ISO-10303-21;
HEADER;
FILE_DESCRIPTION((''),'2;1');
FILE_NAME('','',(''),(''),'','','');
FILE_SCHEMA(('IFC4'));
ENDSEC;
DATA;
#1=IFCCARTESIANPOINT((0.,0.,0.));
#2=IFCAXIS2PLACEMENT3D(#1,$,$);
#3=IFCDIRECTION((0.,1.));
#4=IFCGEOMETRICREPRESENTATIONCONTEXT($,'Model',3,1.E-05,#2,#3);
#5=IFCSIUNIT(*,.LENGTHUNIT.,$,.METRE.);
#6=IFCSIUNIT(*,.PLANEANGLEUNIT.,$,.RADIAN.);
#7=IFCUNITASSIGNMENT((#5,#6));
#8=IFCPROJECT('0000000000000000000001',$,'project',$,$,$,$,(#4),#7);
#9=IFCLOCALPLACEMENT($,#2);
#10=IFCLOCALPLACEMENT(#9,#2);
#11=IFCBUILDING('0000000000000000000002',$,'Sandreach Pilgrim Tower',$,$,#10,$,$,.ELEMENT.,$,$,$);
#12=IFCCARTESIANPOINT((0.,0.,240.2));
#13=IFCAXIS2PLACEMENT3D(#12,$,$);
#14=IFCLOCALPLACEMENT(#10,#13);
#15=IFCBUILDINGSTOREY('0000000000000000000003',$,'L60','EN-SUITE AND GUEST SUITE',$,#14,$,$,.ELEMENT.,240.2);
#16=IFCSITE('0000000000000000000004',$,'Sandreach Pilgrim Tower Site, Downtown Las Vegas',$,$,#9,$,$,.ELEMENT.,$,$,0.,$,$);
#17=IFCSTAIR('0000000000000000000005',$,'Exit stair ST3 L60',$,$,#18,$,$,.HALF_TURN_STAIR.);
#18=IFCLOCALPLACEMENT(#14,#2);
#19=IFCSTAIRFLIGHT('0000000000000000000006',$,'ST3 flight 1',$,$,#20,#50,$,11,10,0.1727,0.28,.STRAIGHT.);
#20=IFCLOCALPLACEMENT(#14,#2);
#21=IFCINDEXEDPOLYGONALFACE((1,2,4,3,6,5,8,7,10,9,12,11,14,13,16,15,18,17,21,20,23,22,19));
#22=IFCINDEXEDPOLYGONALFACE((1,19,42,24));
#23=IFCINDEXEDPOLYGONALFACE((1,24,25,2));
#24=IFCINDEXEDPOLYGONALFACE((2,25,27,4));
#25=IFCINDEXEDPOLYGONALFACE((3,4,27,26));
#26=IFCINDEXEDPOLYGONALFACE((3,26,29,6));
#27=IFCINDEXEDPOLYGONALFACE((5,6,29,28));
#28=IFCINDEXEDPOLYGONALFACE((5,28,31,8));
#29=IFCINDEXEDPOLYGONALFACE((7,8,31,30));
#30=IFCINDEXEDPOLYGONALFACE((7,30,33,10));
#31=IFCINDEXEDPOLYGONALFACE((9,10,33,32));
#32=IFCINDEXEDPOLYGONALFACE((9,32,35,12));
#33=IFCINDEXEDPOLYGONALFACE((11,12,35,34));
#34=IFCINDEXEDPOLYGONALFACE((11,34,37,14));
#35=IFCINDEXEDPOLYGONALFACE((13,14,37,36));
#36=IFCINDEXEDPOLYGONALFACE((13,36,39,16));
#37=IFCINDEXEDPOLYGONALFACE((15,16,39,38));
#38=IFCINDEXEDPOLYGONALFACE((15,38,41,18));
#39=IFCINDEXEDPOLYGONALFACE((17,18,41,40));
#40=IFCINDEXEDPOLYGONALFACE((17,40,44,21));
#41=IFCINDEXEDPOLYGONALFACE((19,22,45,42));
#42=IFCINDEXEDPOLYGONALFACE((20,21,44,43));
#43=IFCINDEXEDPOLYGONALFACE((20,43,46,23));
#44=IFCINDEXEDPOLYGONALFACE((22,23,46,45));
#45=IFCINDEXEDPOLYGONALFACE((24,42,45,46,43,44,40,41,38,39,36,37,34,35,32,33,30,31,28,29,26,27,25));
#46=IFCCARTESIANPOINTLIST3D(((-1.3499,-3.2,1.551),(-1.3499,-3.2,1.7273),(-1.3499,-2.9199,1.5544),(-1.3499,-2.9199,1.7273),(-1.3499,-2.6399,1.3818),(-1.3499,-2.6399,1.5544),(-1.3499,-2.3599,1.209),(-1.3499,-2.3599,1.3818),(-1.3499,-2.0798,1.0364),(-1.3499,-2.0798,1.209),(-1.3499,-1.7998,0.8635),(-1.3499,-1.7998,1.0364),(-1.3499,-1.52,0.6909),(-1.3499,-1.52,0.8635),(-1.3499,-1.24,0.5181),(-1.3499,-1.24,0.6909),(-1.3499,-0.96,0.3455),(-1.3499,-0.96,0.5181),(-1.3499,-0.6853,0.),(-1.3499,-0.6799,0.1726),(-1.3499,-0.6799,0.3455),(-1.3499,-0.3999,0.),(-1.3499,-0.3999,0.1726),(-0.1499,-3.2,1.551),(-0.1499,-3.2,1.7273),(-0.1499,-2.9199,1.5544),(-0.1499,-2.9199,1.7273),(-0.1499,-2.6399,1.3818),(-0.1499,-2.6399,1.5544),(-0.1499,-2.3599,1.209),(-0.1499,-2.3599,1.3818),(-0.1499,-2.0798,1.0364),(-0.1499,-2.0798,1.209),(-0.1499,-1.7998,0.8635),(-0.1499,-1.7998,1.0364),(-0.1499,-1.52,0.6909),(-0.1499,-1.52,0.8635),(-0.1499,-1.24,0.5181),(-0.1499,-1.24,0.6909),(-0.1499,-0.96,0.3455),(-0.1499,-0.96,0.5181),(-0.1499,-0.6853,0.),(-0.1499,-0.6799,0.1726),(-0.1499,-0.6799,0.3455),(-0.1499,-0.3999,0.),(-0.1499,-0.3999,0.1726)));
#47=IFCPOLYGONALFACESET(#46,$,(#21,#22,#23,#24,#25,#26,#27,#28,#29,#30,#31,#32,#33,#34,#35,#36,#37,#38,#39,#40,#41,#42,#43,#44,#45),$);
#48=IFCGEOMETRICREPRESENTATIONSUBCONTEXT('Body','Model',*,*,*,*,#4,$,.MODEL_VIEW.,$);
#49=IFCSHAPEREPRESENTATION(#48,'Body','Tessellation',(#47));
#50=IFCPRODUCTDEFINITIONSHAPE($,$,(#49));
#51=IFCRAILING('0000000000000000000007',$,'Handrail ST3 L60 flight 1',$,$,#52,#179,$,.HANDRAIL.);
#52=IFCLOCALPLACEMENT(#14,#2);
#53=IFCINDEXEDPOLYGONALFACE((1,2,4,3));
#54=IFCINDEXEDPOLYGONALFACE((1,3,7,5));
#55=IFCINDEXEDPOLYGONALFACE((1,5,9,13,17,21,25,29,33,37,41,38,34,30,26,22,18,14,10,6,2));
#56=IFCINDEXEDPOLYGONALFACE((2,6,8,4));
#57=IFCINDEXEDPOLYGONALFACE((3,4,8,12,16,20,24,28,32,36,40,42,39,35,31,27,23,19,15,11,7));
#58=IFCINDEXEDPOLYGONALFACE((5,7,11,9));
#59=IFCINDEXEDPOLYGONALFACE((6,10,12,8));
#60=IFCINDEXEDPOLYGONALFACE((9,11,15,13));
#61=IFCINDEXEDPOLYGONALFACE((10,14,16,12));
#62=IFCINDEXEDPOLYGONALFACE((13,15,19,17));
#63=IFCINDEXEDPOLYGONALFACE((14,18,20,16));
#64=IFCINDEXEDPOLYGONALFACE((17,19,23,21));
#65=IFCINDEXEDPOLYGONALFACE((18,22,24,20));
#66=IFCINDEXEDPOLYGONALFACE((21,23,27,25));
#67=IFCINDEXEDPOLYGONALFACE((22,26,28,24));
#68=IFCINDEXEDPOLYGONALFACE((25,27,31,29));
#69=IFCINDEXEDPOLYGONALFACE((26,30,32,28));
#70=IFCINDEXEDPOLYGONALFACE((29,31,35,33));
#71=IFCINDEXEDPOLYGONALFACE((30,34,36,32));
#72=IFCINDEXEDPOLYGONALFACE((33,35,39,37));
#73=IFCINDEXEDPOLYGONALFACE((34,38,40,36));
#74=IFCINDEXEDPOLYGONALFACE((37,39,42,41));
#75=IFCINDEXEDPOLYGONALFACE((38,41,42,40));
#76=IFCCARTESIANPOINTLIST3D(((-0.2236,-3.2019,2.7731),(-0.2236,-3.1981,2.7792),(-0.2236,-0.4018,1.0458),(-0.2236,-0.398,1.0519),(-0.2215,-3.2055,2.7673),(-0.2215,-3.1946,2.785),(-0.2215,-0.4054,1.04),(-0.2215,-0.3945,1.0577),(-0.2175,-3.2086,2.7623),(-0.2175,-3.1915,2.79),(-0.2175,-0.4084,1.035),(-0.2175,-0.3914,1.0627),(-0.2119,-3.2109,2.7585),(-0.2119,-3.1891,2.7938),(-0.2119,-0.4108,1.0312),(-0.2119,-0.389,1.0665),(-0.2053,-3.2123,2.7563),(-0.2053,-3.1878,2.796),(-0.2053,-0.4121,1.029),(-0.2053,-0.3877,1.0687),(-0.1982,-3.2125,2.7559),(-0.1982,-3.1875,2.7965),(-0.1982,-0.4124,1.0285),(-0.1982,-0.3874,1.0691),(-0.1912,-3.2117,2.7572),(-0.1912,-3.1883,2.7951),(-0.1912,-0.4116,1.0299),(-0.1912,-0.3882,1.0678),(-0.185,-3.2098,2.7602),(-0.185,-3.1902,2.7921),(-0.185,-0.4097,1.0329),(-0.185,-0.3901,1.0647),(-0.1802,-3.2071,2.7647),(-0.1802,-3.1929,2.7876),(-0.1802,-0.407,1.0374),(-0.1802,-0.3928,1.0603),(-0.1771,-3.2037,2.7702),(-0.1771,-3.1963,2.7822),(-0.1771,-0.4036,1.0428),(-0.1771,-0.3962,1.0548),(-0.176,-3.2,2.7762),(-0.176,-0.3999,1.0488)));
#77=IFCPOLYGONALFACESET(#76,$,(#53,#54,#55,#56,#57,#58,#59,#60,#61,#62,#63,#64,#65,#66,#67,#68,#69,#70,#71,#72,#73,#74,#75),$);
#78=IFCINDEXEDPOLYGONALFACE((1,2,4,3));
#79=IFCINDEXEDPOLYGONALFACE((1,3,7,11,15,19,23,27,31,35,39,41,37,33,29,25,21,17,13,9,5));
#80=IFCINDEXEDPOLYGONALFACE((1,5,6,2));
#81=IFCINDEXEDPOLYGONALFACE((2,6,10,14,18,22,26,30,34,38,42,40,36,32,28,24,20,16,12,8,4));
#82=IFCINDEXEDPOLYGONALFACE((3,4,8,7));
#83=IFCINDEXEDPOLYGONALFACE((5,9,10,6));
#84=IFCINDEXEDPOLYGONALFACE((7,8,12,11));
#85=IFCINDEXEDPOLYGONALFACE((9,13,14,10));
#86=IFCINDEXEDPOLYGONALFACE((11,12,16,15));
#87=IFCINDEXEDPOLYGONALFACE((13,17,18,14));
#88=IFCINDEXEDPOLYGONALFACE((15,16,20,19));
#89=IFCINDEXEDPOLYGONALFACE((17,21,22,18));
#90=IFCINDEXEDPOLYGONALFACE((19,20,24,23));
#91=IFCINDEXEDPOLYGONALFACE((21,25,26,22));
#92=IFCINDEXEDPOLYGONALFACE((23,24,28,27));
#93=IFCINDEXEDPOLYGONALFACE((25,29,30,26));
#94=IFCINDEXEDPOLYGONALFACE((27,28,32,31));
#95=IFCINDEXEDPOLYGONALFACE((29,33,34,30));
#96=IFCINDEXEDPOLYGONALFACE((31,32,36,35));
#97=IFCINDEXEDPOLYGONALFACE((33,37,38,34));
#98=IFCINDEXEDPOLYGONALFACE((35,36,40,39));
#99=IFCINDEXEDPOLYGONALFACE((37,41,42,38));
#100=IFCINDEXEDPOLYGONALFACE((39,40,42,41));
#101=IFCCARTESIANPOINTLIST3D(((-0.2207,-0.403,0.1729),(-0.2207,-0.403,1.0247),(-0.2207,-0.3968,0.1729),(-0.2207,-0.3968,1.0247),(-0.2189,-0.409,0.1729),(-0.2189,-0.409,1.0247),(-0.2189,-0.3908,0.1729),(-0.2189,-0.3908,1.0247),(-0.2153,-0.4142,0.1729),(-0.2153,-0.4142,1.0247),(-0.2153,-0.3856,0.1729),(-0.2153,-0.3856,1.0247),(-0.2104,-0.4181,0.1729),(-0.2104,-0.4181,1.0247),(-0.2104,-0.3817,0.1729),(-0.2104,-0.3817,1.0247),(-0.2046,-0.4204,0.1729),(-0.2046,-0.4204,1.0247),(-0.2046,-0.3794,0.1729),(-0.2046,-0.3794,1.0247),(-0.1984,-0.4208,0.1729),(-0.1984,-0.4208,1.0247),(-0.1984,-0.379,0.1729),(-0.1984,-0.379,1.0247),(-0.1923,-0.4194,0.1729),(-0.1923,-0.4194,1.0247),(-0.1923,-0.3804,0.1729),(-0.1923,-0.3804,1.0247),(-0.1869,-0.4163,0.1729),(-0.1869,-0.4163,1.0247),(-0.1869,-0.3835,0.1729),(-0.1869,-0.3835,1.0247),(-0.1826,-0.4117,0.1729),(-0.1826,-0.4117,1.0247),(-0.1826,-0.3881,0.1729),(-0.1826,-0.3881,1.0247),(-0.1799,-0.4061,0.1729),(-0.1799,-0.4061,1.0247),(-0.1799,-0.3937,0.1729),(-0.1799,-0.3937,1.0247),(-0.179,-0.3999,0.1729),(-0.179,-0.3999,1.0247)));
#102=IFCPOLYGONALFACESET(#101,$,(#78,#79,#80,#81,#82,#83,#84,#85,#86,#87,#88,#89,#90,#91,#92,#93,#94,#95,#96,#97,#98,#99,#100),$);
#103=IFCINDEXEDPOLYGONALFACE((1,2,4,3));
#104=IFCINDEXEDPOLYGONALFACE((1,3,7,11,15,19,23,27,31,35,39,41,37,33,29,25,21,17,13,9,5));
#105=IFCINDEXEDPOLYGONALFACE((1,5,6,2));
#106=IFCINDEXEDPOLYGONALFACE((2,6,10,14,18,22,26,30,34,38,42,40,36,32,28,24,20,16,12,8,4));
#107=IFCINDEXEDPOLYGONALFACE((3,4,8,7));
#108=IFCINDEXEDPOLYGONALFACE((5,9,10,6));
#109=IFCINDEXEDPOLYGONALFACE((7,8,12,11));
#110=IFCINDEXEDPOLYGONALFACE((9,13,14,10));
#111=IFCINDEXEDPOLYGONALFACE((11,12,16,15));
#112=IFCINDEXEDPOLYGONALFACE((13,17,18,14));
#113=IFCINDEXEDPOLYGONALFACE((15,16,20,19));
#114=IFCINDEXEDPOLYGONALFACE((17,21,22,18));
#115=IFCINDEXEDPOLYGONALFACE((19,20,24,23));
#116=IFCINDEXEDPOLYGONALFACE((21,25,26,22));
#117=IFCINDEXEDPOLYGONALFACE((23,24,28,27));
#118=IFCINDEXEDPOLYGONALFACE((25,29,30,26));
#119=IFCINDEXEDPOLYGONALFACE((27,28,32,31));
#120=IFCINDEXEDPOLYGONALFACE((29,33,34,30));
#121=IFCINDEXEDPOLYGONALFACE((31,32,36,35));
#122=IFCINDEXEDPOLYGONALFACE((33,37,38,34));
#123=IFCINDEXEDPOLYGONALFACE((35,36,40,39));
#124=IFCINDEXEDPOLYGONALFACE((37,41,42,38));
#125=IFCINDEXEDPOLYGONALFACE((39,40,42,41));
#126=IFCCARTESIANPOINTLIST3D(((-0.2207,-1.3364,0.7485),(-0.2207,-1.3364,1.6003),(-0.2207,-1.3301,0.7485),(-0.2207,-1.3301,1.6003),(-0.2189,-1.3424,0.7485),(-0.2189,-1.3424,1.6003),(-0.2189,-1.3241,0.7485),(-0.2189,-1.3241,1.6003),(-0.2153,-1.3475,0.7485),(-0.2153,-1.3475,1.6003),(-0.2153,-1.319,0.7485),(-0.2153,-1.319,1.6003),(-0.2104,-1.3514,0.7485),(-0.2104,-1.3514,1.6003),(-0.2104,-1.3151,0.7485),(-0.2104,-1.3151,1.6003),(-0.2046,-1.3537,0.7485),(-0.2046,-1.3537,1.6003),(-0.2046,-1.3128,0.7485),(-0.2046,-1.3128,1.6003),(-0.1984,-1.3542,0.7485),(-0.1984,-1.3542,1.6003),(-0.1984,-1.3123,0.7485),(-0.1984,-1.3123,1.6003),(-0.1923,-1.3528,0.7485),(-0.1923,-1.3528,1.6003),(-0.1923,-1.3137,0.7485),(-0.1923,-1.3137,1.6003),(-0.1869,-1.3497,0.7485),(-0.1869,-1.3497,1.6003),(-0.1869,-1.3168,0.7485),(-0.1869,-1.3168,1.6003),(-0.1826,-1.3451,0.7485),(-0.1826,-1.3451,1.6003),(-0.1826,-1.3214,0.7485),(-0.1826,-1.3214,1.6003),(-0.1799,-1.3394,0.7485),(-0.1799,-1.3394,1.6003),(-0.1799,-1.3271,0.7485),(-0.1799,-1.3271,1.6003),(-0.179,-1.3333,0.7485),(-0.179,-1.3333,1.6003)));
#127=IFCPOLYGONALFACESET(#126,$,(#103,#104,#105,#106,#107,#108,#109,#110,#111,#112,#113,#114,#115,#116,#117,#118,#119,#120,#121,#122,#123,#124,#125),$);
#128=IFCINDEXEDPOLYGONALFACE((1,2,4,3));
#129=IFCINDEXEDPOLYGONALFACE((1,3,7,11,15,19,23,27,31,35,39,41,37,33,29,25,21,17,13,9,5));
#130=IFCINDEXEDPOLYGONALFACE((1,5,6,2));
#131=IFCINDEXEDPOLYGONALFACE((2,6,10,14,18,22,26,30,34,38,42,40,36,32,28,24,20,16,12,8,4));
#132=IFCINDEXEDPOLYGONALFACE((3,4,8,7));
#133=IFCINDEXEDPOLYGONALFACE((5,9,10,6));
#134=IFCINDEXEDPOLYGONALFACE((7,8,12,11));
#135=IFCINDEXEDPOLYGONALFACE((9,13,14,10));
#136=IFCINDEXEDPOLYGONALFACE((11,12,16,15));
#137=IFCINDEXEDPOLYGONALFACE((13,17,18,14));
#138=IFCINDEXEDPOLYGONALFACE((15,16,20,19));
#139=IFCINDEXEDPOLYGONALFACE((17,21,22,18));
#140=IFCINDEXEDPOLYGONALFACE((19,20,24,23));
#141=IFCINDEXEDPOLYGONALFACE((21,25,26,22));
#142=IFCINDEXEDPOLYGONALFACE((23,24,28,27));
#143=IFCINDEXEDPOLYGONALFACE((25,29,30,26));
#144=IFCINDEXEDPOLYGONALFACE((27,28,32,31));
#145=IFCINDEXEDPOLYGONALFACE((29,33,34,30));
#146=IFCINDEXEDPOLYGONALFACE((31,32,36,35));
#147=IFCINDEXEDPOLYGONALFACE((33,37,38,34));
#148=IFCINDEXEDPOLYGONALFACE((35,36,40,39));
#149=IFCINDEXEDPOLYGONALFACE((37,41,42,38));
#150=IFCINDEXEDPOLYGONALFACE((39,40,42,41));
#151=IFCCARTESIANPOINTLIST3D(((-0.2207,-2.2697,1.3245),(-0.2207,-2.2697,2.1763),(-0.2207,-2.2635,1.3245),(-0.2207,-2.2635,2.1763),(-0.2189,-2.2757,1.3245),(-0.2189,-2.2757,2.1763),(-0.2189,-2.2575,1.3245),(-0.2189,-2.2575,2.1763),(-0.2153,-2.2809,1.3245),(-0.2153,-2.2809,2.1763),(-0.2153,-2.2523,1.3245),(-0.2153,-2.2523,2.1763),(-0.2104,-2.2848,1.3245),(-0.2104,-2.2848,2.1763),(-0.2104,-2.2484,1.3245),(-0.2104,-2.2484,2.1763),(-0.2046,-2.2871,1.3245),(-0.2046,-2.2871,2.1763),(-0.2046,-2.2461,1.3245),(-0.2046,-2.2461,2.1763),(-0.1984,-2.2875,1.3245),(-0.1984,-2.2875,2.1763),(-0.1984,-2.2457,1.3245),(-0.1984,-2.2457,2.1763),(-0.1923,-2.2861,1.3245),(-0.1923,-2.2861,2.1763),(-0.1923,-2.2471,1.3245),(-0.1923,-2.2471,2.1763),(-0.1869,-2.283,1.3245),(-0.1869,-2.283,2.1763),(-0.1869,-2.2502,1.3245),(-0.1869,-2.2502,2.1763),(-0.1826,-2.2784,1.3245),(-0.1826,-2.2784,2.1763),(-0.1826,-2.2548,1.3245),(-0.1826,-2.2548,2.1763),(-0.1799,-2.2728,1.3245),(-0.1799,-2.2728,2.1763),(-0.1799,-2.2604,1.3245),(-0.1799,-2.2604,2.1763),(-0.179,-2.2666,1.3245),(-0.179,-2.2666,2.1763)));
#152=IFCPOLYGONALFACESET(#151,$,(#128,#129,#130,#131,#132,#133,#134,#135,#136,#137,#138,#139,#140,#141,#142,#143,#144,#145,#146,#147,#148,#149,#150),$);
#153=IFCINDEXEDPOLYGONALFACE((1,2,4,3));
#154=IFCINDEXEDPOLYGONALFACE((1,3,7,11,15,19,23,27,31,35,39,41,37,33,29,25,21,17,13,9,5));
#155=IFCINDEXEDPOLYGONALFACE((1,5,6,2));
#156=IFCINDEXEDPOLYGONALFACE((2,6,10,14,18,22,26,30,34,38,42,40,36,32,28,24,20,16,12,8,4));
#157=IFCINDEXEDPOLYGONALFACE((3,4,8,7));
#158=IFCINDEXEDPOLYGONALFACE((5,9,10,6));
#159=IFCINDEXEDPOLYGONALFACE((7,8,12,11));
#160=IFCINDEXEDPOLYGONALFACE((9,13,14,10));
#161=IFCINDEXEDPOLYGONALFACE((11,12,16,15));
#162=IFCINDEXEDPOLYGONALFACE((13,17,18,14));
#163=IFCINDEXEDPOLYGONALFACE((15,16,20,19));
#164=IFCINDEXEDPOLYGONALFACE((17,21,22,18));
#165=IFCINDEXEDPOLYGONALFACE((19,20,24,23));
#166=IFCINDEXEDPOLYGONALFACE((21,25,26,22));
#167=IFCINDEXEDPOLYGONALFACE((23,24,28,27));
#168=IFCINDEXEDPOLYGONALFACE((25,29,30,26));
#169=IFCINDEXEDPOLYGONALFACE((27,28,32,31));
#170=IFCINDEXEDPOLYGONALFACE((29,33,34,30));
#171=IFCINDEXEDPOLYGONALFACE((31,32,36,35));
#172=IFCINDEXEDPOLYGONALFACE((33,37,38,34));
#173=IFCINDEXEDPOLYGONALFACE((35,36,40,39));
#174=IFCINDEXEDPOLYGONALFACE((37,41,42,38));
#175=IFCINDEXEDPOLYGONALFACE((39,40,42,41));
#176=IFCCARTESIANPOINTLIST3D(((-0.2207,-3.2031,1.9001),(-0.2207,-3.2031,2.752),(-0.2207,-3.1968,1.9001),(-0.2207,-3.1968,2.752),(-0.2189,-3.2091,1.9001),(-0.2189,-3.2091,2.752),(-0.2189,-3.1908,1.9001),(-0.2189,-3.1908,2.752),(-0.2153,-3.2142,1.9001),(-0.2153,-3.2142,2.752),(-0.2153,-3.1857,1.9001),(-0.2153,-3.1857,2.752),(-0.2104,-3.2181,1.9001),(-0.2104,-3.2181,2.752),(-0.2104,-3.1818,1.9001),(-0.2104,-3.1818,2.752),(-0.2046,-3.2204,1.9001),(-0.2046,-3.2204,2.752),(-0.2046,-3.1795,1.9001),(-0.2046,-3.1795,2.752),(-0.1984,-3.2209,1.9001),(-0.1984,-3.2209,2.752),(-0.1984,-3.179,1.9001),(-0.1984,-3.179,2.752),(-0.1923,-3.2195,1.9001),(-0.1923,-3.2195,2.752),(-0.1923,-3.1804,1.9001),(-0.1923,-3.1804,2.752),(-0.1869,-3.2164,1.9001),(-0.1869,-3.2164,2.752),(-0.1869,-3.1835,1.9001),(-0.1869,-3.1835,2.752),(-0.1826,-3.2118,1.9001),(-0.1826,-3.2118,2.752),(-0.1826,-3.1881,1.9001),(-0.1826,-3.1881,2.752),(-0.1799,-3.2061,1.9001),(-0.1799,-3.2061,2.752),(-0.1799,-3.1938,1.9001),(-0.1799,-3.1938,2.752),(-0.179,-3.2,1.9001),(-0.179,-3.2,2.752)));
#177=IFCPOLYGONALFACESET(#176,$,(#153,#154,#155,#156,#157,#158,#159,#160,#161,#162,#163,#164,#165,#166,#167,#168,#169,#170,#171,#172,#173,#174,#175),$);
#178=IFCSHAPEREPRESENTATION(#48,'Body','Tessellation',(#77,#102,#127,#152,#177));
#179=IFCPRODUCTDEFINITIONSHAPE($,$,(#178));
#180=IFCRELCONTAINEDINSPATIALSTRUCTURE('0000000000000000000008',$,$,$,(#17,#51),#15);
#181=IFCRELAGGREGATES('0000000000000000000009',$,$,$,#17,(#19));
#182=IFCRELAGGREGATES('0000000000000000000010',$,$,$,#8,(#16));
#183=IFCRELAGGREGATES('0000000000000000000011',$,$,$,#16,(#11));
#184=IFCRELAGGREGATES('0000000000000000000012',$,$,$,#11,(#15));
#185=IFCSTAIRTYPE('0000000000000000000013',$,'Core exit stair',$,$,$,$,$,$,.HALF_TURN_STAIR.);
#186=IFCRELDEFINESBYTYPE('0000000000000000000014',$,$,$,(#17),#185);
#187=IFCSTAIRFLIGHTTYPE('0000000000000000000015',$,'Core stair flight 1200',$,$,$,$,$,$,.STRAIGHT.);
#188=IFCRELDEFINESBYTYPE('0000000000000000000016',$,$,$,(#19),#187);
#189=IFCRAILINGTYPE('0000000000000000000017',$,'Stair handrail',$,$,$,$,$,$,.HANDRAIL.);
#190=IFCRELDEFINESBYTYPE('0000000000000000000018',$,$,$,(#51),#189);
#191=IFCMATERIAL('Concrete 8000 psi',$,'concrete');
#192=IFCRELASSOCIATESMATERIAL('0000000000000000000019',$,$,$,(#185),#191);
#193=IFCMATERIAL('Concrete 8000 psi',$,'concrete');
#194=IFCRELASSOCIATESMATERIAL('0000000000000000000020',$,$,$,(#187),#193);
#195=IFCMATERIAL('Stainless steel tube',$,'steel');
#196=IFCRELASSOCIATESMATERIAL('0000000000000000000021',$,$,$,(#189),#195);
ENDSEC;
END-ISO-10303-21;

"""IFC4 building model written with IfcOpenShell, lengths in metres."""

from ifc_helpers import new_model, si_unit, direction, frame, origin, origin_2d, place, context, subcontext, project, spatial, polyline, circle, outline, extrude, material, type_object, element, aggregate, save


model = new_model("IFC4")

# Units and contexts
model_context = context("Model", 3, precision=1e-05, world=origin(), true_north=direction((0.0, 1.0)))
body_context = subcontext(model_context, "Body", "Model", "MODEL_VIEW")
ifc_project = project(units=[si_unit("LENGTHUNIT", "METRE"), si_unit("PLANEANGLEUNIT", "RADIAN")], contexts=[model_context])

# Site, building, storey
site_placement = place(None, origin())
site = spatial("IfcSite", under=ifc_project, at=site_placement, Name="Sandreach Pilgrim Tower Site, Downtown Las Vegas", CompositionType="ELEMENT", RefElevation=0.0)
building_placement = place(site_placement, origin())
building = spatial("IfcBuilding", under=site, at=building_placement, Name="Sandreach Pilgrim Tower", CompositionType="ELEMENT")
storey_placement = place(building_placement, frame((0.0, 0.0, 240.2)))
storey = spatial("IfcBuildingStorey", under=building, at=storey_placement, Name="L60", Description="EN-SUITE AND GUEST SUITE", CompositionType="ELEMENT", Elevation=240.2)

# Stair, stair flight
ifc_material_1 = material(Name="Concrete 8000 psi", Category="concrete")
stair_type = type_object("IfcStairType", Name="Core exit stair", PredefinedType="HALF_TURN_STAIR", material=ifc_material_1)
stair_placement = place(storey_placement, origin())
stair = element("IfcStair", 1, at=stair_placement, inside=storey, type_object=stair_type, Name="Exit stair ST3 L60", PredefinedType="HALF_TURN_STAIR")
ifc_material_2 = material(Name="Concrete 8000 psi", Category="concrete")
stair_flight_type = type_object("IfcStairFlightType", Name="Core stair flight 1200", PredefinedType="STRAIGHT", material=ifc_material_2)
stair_flight_placement = place(storey_placement, frame((-0.75, -0.3999, 0.0), z_axis=(0.0, 0.0, 1.0), x_axis=(0.0, -1.0, 0.0)))
stair_flight = element("IfcStairFlight", 2, at=stair_flight_placement, type_object=stair_flight_type, Name="ST3 flight 1", NumberOfRisers=11, NumberOfTreads=10, PredefinedType="STRAIGHT", RiserHeight=0.1727, TreadLength=0.28, context=body_context, shape_type="SweptSolid", body=[
    extrude(outline(polyline([(0.0, 0.0), (0.0, 0.1726), (0.28, 0.1726), (0.28, 0.3455), (0.5601, 0.3455), (0.5601, 0.5181), (0.8401, 0.5181), (0.8401, 0.6909), (1.1201, 0.6909), (1.1201, 0.8635), (1.3999, 0.8635), (1.3999, 1.0364), (1.6799, 1.0364), (1.6799, 1.209), (1.96, 1.209), (1.96, 1.3818), (2.24, 1.3818), (2.24, 1.5544), (2.52, 1.5544), (2.52, 1.7273), (2.8, 1.7273), (2.8, 1.8999), (2.8, 1.551), (0.2854, 0.0), (0.0, 0.0)])), frame((0.0, 0.6001, 0.0), z_axis=(0.0, -1.0, 0.0), x_axis=(1.0, 0.0, 0.0)), (0.0, 0.0, 1.0), 1.2),
])
aggregate(stair, [stair_flight])

# Railing
ifc_material_3 = material(Name="Stainless steel tube", Category="steel")
railing_type = type_object("IfcRailingType", Name="Stair handrail", PredefinedType="HANDRAIL", material=ifc_material_3)
for number, where, name in (
    (3, (-0.2, -0.3999, 0.1729), "Handrail ST3 L60 flight 1"),
):
    element("IfcRailing", number, at=place(storey_placement, frame(where)), inside=storey, type_object=railing_type, Name=name, PredefinedType="HANDRAIL", context=body_context, shape_type="SweptSolid", body=[
        extrude(circle(Radius=0.0239, at=origin_2d()), frame((0.0, 0.0, 0.876), z_axis=(0.0, -0.85109, 0.52502), x_axis=(1.0, 0.0, 0.0)), (0.0, 0.0, 1.0), 3.29),
        extrude(circle(Radius=0.021, at=origin_2d()), origin(), (0.0, 0.0, 1.0), 0.8518),
        extrude(circle(Radius=0.021, at=origin_2d()), frame((0.0, -0.9333, 0.5757)), (0.0, 0.0, 1.0), 0.8518),
        extrude(circle(Radius=0.021, at=origin_2d()), frame((0.0, -1.8667, 1.1516)), (0.0, 0.0, 1.0), 0.8518),
        extrude(circle(Radius=0.021, at=origin_2d()), frame((0.0, -2.8, 1.7273)), (0.0, 0.0, 1.0), 0.8518),
    ])

save(model, "model.ifc")
